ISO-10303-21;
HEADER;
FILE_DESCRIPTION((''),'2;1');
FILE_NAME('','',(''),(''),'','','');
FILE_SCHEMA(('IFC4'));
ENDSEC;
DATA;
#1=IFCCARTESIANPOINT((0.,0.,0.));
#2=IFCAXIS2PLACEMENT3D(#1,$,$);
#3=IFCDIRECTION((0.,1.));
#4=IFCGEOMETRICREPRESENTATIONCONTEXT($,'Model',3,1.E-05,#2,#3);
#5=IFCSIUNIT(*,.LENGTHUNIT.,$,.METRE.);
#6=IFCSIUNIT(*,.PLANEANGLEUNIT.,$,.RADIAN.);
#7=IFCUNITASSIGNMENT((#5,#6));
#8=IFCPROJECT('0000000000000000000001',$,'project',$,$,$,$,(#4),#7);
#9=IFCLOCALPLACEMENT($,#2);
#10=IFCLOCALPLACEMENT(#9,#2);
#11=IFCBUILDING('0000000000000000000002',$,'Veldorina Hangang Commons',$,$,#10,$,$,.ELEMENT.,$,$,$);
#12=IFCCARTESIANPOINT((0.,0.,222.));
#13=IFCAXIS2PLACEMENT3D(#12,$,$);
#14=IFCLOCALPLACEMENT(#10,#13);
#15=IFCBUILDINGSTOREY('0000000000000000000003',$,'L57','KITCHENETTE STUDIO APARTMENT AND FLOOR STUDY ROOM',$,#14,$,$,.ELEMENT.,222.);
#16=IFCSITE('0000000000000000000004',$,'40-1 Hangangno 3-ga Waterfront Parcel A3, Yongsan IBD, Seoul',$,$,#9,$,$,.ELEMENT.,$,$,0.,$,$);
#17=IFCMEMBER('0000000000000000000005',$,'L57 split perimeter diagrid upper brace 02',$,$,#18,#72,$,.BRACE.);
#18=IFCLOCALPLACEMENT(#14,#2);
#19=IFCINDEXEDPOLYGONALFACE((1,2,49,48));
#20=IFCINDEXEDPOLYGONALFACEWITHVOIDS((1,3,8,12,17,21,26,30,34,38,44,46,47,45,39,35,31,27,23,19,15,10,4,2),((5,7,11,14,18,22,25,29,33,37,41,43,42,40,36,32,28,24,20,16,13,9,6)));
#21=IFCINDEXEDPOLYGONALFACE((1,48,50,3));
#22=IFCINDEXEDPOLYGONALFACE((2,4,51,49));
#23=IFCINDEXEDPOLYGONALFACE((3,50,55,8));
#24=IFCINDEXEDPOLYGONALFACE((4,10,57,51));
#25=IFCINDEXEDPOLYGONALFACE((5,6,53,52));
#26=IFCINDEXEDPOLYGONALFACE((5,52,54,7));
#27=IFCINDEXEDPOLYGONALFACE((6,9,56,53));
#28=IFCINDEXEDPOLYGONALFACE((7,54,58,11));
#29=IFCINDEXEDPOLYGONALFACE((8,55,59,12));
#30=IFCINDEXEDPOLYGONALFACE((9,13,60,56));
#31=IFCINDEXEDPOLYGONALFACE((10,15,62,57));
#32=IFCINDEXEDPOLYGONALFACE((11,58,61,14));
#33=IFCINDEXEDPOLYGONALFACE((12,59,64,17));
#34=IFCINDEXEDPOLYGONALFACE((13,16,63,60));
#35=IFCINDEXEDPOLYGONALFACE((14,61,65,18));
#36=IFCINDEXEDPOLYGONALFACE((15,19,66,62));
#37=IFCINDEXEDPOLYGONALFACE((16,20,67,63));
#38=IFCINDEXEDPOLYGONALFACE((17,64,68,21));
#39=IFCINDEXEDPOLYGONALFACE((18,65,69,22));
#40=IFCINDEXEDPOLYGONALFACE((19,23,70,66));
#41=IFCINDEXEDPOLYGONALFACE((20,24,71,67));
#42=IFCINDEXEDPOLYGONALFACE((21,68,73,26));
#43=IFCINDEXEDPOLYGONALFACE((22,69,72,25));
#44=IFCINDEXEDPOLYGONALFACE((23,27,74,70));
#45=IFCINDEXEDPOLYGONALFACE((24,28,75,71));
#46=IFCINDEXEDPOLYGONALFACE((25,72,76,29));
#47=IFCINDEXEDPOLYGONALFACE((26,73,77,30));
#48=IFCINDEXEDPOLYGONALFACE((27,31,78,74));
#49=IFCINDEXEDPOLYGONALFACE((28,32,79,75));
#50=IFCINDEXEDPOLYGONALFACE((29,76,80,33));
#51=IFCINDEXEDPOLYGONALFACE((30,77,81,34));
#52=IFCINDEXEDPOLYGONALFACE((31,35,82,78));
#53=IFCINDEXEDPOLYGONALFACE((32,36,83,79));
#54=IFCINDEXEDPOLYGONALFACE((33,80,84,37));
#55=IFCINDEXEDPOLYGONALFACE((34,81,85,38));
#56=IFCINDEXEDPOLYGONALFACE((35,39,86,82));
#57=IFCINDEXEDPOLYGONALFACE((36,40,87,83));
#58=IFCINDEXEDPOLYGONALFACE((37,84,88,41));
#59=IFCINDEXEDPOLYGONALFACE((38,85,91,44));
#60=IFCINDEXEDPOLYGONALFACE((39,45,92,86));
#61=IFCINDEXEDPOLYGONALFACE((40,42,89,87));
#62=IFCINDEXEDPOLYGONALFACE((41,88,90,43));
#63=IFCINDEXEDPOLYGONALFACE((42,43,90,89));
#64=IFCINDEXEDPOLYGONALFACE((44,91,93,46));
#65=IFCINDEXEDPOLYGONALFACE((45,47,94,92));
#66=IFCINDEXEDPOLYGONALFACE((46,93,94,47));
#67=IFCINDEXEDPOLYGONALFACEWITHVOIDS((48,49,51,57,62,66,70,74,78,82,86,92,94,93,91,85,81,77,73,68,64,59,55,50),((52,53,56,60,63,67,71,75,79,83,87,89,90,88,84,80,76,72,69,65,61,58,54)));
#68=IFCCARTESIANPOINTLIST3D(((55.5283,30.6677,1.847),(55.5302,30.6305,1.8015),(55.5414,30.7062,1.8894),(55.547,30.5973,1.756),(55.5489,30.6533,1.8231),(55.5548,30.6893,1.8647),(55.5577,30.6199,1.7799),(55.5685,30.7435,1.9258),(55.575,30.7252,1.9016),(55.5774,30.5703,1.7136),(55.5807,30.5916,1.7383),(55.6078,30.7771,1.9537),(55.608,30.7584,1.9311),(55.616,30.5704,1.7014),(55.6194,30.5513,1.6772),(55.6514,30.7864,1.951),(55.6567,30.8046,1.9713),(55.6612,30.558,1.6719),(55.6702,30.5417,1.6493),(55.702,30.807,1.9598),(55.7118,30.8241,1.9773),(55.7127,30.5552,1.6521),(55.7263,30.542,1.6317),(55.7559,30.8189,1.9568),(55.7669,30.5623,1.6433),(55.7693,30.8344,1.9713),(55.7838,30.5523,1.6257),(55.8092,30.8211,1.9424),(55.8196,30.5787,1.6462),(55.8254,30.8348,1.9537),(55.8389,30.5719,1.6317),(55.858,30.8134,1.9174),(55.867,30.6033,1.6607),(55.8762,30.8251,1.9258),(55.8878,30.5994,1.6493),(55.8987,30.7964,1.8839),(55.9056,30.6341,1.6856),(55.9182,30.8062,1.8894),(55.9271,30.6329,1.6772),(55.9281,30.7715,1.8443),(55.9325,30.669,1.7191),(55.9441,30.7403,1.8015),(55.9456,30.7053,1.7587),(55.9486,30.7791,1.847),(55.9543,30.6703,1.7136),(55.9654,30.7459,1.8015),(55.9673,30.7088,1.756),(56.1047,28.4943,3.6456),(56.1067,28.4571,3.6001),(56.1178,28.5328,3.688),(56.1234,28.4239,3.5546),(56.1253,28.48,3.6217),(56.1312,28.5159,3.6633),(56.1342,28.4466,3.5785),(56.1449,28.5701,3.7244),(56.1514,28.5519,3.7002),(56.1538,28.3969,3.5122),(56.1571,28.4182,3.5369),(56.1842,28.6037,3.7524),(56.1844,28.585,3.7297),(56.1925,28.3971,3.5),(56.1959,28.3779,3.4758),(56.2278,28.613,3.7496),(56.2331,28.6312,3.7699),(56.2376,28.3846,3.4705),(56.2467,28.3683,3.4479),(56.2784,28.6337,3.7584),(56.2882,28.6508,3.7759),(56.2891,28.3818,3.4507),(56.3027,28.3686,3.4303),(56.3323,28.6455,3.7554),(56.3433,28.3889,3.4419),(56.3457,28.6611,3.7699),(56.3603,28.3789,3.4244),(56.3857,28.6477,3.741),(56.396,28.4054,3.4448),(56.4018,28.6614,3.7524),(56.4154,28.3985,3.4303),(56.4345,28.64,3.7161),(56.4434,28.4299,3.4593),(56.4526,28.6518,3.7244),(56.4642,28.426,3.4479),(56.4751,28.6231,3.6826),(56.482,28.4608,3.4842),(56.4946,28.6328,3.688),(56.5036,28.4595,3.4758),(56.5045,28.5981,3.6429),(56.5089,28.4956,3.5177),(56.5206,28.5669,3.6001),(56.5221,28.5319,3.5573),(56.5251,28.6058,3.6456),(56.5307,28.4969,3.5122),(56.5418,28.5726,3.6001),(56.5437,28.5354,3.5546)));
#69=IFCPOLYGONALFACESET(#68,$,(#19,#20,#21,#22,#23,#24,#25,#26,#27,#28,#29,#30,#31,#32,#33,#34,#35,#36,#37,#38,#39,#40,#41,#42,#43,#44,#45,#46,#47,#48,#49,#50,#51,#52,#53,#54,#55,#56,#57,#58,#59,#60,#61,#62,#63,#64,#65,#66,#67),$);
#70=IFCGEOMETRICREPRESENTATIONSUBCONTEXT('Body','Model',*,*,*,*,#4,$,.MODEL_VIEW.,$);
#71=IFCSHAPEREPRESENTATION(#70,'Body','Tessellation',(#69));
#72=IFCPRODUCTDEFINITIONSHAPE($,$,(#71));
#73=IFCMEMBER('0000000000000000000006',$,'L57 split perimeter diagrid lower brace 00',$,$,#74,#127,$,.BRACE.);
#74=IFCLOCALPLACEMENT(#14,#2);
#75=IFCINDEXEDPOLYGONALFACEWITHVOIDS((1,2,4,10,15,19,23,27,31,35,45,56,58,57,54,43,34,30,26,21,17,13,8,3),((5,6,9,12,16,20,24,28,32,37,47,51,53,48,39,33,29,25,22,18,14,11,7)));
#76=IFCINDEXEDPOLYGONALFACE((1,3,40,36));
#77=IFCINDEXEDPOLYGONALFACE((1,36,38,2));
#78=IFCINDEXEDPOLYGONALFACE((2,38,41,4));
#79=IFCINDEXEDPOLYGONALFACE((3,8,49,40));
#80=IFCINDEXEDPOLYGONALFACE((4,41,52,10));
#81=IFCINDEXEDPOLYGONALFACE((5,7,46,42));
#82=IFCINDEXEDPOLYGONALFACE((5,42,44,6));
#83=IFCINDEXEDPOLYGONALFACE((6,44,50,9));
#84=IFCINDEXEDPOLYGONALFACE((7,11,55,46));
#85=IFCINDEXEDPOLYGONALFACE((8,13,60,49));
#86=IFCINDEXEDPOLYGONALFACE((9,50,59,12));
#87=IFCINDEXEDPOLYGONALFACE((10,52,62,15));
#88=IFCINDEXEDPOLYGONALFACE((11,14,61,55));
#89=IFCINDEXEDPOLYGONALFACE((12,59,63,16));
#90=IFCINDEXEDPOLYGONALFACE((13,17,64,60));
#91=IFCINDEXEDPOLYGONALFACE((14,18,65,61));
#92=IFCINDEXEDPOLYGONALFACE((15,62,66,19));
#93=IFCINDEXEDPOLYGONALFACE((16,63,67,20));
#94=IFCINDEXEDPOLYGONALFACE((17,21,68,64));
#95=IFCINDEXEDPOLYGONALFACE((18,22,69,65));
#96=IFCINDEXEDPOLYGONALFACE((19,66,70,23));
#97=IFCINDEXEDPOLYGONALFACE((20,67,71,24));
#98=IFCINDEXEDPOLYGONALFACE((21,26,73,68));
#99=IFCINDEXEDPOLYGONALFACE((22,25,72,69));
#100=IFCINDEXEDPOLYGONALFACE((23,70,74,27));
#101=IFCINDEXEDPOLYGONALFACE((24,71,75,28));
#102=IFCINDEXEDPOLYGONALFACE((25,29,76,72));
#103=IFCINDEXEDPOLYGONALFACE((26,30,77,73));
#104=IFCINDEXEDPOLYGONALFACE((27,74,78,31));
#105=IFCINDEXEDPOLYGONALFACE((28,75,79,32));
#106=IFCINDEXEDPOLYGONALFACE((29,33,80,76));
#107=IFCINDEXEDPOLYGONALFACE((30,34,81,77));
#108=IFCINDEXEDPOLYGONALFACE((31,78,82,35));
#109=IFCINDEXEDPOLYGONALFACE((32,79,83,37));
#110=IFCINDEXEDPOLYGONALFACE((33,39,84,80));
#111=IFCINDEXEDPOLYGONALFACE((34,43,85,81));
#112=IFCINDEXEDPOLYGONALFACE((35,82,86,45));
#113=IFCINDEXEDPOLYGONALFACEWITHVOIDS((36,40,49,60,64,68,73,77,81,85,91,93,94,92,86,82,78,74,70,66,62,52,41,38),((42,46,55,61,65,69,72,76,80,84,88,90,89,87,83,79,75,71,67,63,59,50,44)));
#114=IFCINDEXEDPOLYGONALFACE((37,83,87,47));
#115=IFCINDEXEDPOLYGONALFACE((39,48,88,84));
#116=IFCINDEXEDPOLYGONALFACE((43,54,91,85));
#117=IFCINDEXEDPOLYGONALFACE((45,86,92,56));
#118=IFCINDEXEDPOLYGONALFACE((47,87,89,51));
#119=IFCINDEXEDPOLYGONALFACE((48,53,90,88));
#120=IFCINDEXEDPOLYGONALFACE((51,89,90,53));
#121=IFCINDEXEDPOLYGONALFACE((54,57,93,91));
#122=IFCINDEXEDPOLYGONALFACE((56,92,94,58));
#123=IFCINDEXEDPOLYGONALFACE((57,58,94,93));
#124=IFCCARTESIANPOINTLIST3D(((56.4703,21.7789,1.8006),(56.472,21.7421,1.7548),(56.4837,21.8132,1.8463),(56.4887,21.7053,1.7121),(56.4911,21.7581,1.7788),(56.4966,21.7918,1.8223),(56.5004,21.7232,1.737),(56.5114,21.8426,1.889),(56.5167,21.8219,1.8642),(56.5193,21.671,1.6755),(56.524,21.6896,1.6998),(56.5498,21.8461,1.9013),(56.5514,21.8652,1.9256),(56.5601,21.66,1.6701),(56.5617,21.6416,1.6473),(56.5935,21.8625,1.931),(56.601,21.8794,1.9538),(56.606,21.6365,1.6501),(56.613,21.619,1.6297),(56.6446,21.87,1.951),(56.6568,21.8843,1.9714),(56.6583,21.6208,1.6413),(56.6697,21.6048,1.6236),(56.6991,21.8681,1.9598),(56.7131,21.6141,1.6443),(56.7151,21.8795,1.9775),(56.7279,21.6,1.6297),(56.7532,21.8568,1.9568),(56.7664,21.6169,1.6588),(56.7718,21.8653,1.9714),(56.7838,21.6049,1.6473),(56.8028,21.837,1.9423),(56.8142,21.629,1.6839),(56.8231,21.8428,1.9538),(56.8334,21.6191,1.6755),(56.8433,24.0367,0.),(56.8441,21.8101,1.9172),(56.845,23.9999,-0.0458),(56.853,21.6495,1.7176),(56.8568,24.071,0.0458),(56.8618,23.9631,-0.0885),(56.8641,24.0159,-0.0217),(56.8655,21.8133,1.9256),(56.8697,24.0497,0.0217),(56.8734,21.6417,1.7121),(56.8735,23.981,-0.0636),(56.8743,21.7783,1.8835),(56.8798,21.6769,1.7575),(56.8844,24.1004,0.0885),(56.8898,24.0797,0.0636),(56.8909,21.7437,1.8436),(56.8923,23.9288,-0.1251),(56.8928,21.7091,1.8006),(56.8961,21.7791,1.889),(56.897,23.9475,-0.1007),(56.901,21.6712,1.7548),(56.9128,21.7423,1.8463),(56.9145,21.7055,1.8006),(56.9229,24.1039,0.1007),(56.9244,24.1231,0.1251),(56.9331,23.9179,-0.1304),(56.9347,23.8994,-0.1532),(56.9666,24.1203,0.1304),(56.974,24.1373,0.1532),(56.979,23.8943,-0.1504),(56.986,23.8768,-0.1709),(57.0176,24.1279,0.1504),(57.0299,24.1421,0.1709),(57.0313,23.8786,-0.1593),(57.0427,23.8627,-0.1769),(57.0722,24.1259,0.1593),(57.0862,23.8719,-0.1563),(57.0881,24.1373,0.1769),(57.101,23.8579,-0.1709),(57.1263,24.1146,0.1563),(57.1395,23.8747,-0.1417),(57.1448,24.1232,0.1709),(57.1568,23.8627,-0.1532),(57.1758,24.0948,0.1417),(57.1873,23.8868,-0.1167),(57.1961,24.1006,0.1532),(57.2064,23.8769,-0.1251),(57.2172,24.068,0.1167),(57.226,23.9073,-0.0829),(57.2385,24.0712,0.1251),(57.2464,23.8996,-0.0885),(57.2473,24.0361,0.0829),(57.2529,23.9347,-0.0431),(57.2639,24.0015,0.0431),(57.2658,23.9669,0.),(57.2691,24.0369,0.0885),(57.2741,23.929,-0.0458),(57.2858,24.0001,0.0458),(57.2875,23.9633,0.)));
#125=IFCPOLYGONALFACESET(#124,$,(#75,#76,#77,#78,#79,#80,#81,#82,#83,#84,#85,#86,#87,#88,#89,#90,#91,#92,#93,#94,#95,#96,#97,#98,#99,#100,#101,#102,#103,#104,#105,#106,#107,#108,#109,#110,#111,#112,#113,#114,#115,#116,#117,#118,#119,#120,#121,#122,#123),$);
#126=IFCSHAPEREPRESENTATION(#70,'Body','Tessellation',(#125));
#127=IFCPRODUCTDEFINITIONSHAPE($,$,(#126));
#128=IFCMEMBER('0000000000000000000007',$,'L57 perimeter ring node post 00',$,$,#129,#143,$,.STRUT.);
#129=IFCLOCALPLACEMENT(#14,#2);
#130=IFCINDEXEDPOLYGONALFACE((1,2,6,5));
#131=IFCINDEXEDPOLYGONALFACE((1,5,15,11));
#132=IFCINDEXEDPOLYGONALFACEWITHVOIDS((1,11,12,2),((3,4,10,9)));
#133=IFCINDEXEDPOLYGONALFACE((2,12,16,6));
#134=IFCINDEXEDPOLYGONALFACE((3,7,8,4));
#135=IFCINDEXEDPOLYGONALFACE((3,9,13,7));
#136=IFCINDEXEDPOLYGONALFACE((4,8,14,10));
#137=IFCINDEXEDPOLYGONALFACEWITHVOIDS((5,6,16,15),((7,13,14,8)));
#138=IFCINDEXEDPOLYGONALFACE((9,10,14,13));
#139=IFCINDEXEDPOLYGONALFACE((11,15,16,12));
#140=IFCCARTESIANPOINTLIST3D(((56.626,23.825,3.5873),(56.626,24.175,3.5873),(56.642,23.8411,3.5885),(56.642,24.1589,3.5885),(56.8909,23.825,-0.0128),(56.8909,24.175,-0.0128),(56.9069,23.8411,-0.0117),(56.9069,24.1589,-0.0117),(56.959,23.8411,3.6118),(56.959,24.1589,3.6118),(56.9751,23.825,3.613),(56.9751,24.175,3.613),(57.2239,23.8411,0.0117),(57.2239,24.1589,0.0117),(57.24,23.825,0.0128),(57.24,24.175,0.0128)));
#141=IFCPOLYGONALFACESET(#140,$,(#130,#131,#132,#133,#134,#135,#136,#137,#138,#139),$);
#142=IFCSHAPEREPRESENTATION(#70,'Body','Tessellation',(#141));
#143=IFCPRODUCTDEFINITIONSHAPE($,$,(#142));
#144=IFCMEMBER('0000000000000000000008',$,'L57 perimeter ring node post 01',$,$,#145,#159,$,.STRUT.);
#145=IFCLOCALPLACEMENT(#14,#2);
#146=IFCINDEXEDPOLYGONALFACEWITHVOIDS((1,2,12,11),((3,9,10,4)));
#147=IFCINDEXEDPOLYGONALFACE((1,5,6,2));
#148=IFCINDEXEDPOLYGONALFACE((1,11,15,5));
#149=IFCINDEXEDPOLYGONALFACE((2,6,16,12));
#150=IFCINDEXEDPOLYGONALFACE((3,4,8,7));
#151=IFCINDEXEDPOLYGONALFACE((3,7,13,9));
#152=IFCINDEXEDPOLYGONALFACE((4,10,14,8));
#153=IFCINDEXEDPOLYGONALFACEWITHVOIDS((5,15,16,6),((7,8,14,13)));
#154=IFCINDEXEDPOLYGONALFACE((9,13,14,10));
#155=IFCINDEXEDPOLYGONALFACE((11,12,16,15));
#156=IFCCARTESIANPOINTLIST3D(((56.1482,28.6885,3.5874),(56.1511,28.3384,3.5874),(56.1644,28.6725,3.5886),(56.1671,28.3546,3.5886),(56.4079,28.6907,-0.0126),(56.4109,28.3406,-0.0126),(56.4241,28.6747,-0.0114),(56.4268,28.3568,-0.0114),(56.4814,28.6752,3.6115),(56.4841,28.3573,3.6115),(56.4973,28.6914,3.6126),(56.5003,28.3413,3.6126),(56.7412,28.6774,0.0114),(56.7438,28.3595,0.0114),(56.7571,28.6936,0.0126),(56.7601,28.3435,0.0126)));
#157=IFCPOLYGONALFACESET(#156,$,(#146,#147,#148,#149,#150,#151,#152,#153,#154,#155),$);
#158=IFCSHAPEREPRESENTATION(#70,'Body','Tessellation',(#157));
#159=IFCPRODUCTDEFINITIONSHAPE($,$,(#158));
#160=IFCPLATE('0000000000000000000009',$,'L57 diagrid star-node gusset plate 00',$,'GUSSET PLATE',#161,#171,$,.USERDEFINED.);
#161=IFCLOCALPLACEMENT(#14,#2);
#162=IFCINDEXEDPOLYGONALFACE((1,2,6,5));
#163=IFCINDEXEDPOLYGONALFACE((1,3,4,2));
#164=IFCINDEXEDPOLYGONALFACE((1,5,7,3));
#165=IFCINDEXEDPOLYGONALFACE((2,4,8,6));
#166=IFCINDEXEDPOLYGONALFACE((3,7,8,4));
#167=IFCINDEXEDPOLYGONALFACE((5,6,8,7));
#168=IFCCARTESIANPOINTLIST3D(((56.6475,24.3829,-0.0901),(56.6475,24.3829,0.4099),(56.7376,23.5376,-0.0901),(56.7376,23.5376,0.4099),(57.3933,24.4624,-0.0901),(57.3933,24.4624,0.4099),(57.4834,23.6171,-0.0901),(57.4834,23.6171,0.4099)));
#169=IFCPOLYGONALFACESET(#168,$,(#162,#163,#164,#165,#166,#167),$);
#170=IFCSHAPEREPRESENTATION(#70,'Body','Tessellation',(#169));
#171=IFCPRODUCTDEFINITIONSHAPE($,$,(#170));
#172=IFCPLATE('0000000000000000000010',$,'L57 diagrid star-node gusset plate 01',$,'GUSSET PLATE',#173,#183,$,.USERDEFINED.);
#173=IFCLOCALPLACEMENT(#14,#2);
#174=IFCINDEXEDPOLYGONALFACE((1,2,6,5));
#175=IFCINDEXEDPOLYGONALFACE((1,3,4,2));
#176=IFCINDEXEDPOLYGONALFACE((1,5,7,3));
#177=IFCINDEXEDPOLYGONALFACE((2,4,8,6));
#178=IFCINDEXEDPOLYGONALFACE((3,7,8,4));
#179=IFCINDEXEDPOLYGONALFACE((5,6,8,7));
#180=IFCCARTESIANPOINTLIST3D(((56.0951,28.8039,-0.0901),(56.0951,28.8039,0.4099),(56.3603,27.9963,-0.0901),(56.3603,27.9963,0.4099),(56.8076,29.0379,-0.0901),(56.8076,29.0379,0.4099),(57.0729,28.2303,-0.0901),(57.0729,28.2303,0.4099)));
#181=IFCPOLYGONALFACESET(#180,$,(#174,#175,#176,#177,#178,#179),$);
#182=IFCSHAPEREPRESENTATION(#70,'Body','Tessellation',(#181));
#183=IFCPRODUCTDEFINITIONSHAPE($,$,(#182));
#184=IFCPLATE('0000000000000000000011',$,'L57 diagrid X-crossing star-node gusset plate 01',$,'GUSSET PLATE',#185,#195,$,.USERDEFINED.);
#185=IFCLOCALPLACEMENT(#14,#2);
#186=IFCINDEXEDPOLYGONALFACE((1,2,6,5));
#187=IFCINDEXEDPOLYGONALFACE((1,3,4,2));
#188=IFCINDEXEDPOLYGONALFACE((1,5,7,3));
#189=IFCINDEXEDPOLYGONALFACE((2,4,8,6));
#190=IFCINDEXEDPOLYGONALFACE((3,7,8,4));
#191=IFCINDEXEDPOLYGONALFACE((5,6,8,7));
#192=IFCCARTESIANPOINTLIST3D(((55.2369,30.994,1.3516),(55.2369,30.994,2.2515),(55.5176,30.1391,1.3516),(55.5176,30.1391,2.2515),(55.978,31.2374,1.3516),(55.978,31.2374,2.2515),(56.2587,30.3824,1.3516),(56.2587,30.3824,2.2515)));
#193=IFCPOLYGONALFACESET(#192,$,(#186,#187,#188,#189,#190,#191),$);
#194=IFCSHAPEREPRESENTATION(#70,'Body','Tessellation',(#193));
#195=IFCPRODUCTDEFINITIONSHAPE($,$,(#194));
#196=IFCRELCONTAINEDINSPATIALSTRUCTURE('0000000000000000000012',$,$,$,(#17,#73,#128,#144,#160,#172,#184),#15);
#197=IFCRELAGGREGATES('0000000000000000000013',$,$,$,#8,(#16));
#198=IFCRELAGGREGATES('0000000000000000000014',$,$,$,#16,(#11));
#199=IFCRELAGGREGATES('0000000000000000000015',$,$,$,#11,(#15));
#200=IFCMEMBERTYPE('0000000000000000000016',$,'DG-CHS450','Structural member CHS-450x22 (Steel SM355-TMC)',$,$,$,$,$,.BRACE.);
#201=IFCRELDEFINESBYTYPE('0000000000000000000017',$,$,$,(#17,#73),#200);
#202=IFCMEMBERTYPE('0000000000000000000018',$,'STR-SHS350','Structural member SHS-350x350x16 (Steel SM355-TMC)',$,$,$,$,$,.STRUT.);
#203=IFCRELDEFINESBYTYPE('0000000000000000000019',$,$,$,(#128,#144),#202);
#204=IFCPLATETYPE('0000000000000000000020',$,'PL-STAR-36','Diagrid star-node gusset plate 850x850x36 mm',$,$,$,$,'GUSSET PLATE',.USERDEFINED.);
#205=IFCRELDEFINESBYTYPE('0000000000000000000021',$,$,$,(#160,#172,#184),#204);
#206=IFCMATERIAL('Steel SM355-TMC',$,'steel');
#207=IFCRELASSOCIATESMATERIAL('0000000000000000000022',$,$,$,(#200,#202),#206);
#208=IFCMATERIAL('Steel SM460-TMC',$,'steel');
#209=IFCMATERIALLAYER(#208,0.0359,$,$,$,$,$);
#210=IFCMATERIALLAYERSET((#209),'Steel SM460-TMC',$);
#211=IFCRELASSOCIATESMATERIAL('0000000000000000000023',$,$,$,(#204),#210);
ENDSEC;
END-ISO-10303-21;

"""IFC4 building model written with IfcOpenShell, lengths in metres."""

from ifc_helpers import new_model, si_unit, direction, frame, origin, origin_2d, place, context, subcontext, project, spatial, rectangle, hollow_rectangle, hollow_circle, extrude, material, layer, layer_set, material_profile, profile_set, type_object, element, save


model = new_model("IFC4")

# Units and contexts
model_context = context("Model", 3, precision=1e-05, world=origin(), true_north=direction((0.0, 1.0)))
body_context = subcontext(model_context, "Body", "Model", "MODEL_VIEW")
ifc_project = project(units=[si_unit("LENGTHUNIT", "METRE"), si_unit("PLANEANGLEUNIT", "RADIAN")], contexts=[model_context])

# Site, building, storey
site_placement = place(None, origin())
site = spatial("IfcSite", under=ifc_project, at=site_placement, Name="40-1 Hangangno 3-ga Waterfront Parcel A3, Yongsan IBD, Seoul", CompositionType="ELEMENT", RefElevation=0.0)
building_placement = place(site_placement, origin())
building = spatial("IfcBuilding", under=site, at=building_placement, Name="Veldorina Hangang Commons", CompositionType="ELEMENT")
storey_placement = place(building_placement, frame((0.0, 0.0, 222.0)))
storey = spatial("IfcBuildingStorey", under=building, at=storey_placement, Name="L57", Description="KITCHENETTE STUDIO APARTMENT AND FLOOR STUDY ROOM", CompositionType="ELEMENT", Elevation=222.0)

# Shared definitions
ifc_material_1 = material(Name="Steel SM355-TMC", Category="steel")

# Members
ifc_material_profile_1 = material_profile(ifc_material_1, hollow_circle(Radius=0.2251, WallThickness=0.022, at=origin_2d()), Name="CHS-450x22")
ifc_profile_set_1 = profile_set([ifc_material_profile_1], Name="Steel SM355-TMC")
member_type_1 = type_object("IfcMemberType", Name="DG-CHS450", Description="Structural member CHS-450x22 (Steel SM355-TMC)", PredefinedType="BRACE", material=ifc_profile_set_1)
member_1_placement = place(storey_placement, frame((55.7478, 30.6882, 1.8015), z_axis=(0.200191, -0.754806, 0.624653), x_axis=(0.966582, 0.256358, 0.0)))
element("IfcMember", 1, at=member_1_placement, inside=storey, type_object=member_type_1, Name="L57 split perimeter diagrid upper brace 02", PredefinedType="BRACE", context=body_context, shape_type="SweptSolid", body=[
    extrude(hollow_circle(Radius=0.2251, WallThickness=0.022, at=origin_2d()), origin(), (0.0, 0.0, 1.0), 2.8794),
])
member_2_placement = place(storey_placement, frame((57.0654, 24.0, 0.0), z_axis=(-0.128114, -0.77539, 0.61835), x_axis=(0.986624, -0.163015, 0.0)))
element("IfcMember", 2, at=member_2_placement, inside=storey, type_object=member_type_1, Name="L57 split perimeter diagrid lower brace 00", PredefinedType="BRACE", context=body_context, shape_type="SweptSolid", body=[
    extrude(hollow_circle(Radius=0.2251, WallThickness=0.022, at=origin_2d()), origin(), (0.0, 0.0, 1.0), 2.9119),
])
ifc_material_profile_2 = material_profile(ifc_material_1, hollow_rectangle(XDim=0.3501, YDim=0.3501, WallThickness=0.0161, at=origin_2d()), Name="SHS-350x350x16")
ifc_profile_set_2 = profile_set([ifc_material_profile_2], Name="Steel SM355-TMC")
member_type_2 = type_object("IfcMemberType", Name="STR-SHS350", Description="Structural member SHS-350x350x16 (Steel SM355-TMC)", PredefinedType="STRUT", material=ifc_profile_set_2)
member_3_placement = place(storey_placement, frame((57.0654, 24.0, 0.0), z_axis=(-0.073381, 0.0, 0.997304), x_axis=(0.0, -1.0, 0.0)))
element("IfcMember", 3, at=member_3_placement, inside=storey, type_object=member_type_2, Name="L57 perimeter ring node post 00", PredefinedType="STRUT", context=body_context, shape_type="SweptSolid", body=[
    extrude(hollow_rectangle(XDim=0.3501, YDim=0.3501, WallThickness=0.0161, at=origin_2d()), origin(), (0.0, 0.0, 1.0), 3.6099),
])
member_4_placement = place(storey_placement, frame((56.584, 28.5171, 0.0), z_axis=(-0.071968, -0.000609, 0.997407), x_axis=(0.008458, -0.999964, 0.0)))
element("IfcMember", 4, at=member_4_placement, inside=storey, type_object=member_type_2, Name="L57 perimeter ring node post 01", PredefinedType="STRUT", context=body_context, shape_type="SweptSolid", body=[
    extrude(hollow_rectangle(XDim=0.3501, YDim=0.3501, WallThickness=0.0161, at=origin_2d()), origin(), (0.0, 0.0, 1.0), 3.6094),
])

# Plates
ifc_material_2 = material(Name="Steel SM460-TMC", Category="steel")
ifc_layer_1 = layer(ifc_material_2, 0.0359)
ifc_layer_set_1 = layer_set([ifc_layer_1], Name="Steel SM460-TMC")
plate_type_1 = type_object("IfcPlateType", Name="PL-STAR-36", Description="Diagrid star-node gusset plate 850x850x36 mm", ElementType="GUSSET PLATE", PredefinedType="USERDEFINED", material=ifc_layer_set_1)
for number, where, z_axis, x_axis, name in (
    (5, (57.0654, 24.0, -0.0901), (0.0, 0.0, 1.0), (-0.106021, 0.994364, 0.0), "L57 diagrid star-node gusset plate 00"),
    (6, (56.584, 28.5171, -0.0901), (0.0, 0.0, 1.0), (-0.312003, 0.950081, 0.0), "L57 diagrid star-node gusset plate 01"),
):
    element("IfcPlate", number, at=place(storey_placement, frame(where, z_axis=z_axis, x_axis=x_axis)), inside=storey, type_object=plate_type_1, Name=name, ObjectType="GUSSET PLATE", PredefinedType="USERDEFINED", context=body_context, shape_type="SweptSolid", body=[
        extrude(rectangle(XDim=0.8501, YDim=0.75, at=origin_2d()), origin(), (0.0, 0.0, 1.0), 0.5),
    ])
plate_1_placement = place(storey_placement, frame((55.7478, 30.6882, 1.3516), z_axis=(0.0, 0.0, 1.0), x_axis=(-0.312003, 0.950081, 0.0)))
element("IfcPlate", 7, at=plate_1_placement, inside=storey, type_object=plate_type_1, Name="L57 diagrid X-crossing star-node gusset plate 01", ObjectType="GUSSET PLATE", PredefinedType="USERDEFINED", context=body_context, shape_type="SweptSolid", body=[
    extrude(rectangle(XDim=0.8999, YDim=0.78, at=origin_2d()), origin(), (0.0, 0.0, 1.0), 0.8999),
])

save(model, "model.ifc")
